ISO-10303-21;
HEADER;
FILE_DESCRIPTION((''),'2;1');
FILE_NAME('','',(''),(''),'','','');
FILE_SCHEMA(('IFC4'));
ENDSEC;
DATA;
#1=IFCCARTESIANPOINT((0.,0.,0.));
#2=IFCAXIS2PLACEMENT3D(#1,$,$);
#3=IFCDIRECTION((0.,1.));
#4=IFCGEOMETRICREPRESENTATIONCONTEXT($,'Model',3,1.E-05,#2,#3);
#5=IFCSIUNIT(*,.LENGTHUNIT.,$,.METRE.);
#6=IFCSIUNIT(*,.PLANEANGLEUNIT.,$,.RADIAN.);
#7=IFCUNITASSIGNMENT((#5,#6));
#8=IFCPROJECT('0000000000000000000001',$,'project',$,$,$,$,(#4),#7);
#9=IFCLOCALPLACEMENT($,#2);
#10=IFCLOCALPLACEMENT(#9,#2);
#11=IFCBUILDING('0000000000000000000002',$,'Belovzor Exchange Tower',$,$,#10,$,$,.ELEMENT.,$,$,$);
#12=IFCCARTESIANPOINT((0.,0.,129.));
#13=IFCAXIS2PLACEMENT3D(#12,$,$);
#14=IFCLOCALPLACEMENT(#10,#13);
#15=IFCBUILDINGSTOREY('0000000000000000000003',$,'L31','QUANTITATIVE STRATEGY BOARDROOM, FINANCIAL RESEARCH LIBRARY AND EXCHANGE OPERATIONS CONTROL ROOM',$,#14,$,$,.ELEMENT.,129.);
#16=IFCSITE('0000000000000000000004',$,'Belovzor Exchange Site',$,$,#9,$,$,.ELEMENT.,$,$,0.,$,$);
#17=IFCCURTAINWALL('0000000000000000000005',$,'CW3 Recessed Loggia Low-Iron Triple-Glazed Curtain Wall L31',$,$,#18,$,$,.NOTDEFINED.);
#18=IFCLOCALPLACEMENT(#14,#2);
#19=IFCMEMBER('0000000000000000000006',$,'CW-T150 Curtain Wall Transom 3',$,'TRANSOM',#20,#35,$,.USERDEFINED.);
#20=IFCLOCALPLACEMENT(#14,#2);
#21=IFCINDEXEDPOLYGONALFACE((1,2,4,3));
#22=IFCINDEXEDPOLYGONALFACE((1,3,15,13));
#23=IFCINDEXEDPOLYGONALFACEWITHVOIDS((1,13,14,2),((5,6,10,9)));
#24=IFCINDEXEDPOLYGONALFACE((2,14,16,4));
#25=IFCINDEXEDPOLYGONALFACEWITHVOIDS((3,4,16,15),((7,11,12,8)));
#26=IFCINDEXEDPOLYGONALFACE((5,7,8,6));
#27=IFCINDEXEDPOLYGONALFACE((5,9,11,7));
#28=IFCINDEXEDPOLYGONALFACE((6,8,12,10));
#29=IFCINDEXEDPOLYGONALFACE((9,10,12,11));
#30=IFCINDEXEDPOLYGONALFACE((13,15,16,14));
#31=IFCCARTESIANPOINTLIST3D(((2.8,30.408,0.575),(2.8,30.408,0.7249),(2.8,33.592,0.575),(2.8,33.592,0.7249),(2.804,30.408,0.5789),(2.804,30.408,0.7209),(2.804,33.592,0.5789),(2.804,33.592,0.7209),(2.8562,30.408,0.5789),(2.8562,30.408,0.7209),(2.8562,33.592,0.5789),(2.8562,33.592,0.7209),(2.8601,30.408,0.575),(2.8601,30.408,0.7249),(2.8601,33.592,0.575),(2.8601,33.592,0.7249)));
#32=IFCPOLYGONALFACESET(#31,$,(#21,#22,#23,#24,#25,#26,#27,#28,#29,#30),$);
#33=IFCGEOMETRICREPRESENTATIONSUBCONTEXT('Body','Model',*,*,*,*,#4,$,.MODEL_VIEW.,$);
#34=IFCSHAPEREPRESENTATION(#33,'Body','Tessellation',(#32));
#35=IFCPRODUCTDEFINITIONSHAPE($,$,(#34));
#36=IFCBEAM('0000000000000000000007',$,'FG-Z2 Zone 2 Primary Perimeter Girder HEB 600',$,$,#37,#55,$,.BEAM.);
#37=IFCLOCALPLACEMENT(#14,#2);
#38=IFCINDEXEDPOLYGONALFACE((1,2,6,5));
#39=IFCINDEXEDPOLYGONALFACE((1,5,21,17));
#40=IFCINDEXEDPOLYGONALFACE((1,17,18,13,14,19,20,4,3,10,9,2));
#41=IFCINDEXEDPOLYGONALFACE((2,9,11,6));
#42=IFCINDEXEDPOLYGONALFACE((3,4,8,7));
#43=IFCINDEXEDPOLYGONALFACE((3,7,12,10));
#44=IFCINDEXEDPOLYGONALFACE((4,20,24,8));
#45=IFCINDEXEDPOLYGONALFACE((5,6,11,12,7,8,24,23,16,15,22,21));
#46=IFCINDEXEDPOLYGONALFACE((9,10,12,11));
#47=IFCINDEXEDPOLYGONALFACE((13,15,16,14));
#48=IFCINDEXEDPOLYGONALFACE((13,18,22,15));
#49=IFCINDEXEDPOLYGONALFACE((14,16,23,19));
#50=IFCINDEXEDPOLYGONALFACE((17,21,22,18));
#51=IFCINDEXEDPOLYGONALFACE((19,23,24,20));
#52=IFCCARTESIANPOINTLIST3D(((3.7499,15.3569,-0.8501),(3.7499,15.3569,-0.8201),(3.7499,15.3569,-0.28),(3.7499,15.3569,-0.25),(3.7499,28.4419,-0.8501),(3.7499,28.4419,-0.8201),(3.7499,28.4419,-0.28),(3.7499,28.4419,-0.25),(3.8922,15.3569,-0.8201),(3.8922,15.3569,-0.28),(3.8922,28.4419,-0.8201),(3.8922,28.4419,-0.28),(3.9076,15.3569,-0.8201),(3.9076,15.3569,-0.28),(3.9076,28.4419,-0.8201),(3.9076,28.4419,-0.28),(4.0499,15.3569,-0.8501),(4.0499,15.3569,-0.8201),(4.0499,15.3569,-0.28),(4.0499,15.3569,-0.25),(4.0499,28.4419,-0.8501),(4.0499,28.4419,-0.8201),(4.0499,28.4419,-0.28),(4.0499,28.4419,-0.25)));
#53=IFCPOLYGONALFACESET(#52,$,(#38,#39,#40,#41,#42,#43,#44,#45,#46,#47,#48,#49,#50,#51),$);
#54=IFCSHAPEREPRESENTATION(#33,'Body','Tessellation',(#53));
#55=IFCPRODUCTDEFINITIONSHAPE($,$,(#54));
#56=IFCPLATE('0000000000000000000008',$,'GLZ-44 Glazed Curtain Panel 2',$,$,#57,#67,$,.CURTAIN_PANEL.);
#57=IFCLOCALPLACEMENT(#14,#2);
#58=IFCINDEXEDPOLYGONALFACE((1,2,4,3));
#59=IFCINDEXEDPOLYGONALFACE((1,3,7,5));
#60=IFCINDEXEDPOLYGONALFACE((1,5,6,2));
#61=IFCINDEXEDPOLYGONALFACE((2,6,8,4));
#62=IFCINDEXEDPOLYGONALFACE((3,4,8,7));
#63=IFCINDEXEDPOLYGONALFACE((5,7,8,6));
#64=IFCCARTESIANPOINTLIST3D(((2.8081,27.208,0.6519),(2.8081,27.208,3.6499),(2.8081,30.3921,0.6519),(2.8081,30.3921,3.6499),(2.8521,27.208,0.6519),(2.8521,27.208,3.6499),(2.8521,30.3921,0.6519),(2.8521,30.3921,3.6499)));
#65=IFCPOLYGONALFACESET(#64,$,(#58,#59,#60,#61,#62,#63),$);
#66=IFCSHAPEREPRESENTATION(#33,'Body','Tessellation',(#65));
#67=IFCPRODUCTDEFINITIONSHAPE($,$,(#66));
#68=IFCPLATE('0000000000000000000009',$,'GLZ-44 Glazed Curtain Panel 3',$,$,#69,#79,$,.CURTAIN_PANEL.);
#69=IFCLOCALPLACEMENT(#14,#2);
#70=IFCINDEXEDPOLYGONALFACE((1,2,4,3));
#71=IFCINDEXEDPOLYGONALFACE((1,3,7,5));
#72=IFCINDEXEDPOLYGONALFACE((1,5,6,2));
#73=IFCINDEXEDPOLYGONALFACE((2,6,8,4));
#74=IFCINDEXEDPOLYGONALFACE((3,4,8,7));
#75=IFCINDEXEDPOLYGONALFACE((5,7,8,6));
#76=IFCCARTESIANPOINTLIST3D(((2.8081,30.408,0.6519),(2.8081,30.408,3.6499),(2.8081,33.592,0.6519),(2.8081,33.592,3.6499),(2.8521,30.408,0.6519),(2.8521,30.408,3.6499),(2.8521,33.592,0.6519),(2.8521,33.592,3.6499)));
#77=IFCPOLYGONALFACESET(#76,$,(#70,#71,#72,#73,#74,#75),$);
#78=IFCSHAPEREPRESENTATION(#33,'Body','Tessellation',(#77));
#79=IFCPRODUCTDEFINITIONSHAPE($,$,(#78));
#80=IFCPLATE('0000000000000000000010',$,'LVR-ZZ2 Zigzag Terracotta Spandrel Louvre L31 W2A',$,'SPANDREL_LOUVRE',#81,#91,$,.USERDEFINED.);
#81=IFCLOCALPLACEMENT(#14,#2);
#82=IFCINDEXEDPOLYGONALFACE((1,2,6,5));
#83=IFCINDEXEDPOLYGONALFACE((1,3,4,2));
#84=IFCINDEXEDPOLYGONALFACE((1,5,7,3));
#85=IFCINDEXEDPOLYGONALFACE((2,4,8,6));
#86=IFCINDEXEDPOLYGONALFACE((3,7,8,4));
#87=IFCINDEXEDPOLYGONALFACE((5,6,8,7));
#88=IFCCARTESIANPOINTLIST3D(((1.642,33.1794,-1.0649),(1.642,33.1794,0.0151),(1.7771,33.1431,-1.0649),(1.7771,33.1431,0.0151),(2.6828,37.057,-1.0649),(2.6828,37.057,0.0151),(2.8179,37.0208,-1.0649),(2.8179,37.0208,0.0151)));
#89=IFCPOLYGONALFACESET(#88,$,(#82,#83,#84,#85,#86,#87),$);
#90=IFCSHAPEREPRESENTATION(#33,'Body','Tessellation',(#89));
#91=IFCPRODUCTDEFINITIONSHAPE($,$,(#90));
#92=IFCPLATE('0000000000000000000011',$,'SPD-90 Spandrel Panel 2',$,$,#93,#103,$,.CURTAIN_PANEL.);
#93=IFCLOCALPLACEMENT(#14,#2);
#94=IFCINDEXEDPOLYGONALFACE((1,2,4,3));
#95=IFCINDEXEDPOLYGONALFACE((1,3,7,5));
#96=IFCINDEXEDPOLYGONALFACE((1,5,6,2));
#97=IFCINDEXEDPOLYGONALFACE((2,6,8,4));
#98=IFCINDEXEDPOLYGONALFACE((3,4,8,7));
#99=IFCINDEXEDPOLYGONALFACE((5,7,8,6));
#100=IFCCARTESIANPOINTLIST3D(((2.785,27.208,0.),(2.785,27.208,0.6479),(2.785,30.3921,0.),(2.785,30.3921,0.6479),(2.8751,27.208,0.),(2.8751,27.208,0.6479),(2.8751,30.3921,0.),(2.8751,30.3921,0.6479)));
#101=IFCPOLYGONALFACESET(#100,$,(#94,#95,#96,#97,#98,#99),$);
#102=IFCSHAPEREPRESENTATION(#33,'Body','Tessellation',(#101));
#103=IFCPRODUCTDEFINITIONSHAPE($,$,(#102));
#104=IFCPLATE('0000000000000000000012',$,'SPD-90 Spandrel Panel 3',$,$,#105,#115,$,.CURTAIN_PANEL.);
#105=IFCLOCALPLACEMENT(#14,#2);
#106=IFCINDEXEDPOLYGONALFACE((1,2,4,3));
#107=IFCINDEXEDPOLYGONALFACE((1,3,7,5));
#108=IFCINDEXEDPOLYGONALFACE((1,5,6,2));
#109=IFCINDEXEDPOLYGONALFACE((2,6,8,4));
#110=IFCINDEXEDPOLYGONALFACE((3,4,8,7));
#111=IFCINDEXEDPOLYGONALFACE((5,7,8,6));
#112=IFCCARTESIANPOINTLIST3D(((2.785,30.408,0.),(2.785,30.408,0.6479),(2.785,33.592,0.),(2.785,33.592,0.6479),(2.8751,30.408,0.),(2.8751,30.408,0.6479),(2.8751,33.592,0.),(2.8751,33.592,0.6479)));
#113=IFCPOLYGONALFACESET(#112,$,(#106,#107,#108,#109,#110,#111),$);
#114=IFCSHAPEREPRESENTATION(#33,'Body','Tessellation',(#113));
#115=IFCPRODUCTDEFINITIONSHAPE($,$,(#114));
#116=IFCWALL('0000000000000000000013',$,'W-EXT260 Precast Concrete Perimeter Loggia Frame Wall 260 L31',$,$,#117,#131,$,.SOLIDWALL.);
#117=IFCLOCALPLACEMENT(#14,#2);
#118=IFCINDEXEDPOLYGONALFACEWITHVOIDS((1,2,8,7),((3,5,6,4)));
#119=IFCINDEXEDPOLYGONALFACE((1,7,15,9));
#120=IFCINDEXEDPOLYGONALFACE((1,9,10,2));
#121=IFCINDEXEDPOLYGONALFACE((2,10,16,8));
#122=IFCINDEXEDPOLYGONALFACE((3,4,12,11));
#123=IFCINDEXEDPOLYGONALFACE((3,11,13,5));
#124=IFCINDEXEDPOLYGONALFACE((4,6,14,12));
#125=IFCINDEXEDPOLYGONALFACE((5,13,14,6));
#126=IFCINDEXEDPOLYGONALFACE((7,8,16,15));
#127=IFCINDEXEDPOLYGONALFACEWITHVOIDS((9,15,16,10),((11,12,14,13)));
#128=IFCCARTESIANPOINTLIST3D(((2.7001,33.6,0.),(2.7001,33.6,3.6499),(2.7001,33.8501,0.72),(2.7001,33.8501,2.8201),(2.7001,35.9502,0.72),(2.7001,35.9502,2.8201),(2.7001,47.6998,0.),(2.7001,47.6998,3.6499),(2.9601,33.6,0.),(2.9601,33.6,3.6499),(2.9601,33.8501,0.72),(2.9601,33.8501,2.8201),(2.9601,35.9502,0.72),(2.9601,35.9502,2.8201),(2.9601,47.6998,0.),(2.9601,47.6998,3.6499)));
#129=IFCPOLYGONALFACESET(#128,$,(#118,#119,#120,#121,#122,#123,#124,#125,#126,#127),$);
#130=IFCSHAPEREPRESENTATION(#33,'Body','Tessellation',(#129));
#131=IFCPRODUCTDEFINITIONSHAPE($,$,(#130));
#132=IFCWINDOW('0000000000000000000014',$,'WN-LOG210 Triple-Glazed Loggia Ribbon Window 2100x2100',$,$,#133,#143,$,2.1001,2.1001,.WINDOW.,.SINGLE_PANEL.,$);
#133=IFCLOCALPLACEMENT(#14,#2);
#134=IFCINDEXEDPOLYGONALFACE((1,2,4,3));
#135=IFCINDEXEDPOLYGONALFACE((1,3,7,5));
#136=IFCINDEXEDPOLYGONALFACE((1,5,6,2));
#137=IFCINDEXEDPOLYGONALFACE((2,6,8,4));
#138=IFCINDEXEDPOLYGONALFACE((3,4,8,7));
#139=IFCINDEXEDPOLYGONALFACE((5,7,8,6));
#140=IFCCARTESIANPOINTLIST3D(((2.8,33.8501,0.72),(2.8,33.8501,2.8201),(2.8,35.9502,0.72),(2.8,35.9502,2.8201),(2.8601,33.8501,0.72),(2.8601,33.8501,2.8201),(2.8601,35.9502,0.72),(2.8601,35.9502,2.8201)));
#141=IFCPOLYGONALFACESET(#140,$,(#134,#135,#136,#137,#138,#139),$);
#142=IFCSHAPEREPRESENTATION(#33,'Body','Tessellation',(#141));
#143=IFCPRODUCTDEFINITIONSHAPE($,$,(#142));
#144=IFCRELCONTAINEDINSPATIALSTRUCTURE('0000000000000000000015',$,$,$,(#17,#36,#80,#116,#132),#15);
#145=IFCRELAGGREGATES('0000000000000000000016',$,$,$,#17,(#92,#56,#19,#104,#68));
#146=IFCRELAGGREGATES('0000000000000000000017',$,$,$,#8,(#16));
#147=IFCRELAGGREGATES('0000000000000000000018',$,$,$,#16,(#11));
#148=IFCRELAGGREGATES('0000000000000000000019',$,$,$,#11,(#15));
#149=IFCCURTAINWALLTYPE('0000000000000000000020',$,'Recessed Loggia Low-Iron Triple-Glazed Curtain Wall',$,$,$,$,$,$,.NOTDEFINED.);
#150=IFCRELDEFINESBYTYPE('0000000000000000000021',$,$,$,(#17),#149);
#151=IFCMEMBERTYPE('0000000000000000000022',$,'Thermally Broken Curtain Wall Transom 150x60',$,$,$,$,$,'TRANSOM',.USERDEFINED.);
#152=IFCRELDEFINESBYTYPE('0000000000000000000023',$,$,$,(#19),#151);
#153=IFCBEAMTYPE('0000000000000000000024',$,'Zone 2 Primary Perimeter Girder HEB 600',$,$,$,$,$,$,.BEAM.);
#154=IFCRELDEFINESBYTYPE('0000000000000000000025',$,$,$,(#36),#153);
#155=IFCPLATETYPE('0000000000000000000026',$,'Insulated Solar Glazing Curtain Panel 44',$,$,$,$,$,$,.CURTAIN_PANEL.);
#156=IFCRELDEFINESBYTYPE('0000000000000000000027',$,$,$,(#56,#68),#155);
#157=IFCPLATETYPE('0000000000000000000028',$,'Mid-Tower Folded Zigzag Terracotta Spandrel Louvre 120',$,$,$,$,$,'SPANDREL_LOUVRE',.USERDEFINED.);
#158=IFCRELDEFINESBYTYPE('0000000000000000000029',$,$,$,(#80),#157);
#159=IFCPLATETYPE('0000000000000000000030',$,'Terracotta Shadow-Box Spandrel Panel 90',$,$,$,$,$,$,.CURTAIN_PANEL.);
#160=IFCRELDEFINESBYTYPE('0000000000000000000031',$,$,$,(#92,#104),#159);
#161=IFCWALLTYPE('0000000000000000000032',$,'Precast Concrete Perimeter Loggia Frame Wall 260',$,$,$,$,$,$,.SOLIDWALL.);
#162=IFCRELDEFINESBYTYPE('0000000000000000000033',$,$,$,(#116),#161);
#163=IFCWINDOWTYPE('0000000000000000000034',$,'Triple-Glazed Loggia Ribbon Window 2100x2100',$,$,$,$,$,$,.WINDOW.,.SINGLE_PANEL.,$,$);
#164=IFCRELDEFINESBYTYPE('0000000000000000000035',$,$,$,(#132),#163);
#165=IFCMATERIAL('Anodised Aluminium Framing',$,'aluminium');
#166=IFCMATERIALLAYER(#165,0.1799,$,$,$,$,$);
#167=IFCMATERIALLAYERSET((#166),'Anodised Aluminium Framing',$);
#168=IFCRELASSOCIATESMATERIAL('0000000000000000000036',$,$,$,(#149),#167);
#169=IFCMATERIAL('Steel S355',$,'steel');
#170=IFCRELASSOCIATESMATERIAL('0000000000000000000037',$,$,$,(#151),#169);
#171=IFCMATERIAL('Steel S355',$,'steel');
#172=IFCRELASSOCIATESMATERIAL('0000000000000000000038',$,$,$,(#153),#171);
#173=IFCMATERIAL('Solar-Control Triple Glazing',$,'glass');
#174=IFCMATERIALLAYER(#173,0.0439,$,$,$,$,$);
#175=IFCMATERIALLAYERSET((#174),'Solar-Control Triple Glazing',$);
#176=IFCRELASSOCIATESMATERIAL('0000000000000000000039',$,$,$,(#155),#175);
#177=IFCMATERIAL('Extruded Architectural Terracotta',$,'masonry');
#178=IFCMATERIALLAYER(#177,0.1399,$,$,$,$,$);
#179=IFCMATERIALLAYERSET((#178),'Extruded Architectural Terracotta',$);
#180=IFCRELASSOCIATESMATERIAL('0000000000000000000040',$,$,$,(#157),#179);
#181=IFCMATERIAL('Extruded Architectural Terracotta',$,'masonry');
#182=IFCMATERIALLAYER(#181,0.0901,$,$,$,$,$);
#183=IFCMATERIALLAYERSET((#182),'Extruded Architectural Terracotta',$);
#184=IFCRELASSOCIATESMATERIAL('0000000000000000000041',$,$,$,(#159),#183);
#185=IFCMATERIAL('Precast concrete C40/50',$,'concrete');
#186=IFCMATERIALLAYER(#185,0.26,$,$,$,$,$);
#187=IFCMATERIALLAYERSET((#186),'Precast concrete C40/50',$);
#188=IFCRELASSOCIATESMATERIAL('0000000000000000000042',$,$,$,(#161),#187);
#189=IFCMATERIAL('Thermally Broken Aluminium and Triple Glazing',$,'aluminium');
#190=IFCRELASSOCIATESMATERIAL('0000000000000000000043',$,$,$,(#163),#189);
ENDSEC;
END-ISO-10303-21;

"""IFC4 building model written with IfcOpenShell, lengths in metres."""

from ifc_helpers import new_model, si_unit, direction, frame, frame_2d, origin, origin_2d, place, context, subcontext, project, spatial, rectangle, hollow_rectangle, i_section, extrude, material, layer, layer_set, material_profile, profile_set, type_object, element, fill, aggregate, save


model = new_model("IFC4")

# Units and contexts
model_context = context("Model", 3, precision=1e-05, world=origin(), true_north=direction((0.0, 1.0)))
body_context = subcontext(model_context, "Body", "Model", "MODEL_VIEW")
ifc_project = project(units=[si_unit("LENGTHUNIT", "METRE"), si_unit("PLANEANGLEUNIT", "RADIAN")], contexts=[model_context])

# Site, building, storey
site_placement = place(None, origin())
site = spatial("IfcSite", under=ifc_project, at=site_placement, Name="Belovzor Exchange Site", CompositionType="ELEMENT", RefElevation=0.0)
building_placement = place(site_placement, origin())
building = spatial("IfcBuilding", under=site, at=building_placement, Name="Belovzor Exchange Tower", CompositionType="ELEMENT")
storey_placement = place(building_placement, frame((0.0, 0.0, 129.0)))
storey = spatial("IfcBuildingStorey", under=building, at=storey_placement, Name="L31", Description="QUANTITATIVE STRATEGY BOARDROOM, FINANCIAL RESEARCH LIBRARY AND EXCHANGE OPERATIONS CONTROL ROOM", CompositionType="ELEMENT", Elevation=129.0)

# Curtain wall, member
ifc_material_1 = material(Name="Anodised Aluminium Framing", Category="aluminium")
ifc_layer_1 = layer(ifc_material_1, 0.1799)
ifc_layer_set_1 = layer_set([ifc_layer_1], Name="Anodised Aluminium Framing")
curtain_wall_type = type_object("IfcCurtainWallType", Name="Recessed Loggia Low-Iron Triple-Glazed Curtain Wall", PredefinedType="NOTDEFINED", material=ifc_layer_set_1)
curtain_wall_placement = place(storey_placement, origin())
curtain_wall = element("IfcCurtainWall", 1, at=curtain_wall_placement, inside=storey, type_object=curtain_wall_type, Name="CW3 Recessed Loggia Low-Iron Triple-Glazed Curtain Wall L31", PredefinedType="NOTDEFINED")
ifc_material_2 = material(Name="Steel S355", Category="steel")
ifc_material_profile_1 = material_profile(ifc_material_2, hollow_rectangle(XDim=0.0601, YDim=0.1499, WallThickness=0.0039, at=origin_2d()))
ifc_profile_set_1 = profile_set([ifc_material_profile_1], Name="Steel S355")
member_type_1 = type_object("IfcMemberType", Name="Thermally Broken Curtain Wall Transom 150x60", ElementType="TRANSOM", PredefinedType="USERDEFINED", material=ifc_profile_set_1)
member_1_placement = place(storey_placement, frame((2.8301, 30.408, 0.6499), z_axis=(0.0, 1.0, 0.0), x_axis=(-1.0, 0.0, 0.0)))
member_1 = element("IfcMember", 2, at=member_1_placement, type_object=member_type_1, Name="CW-T150 Curtain Wall Transom 3", ObjectType="TRANSOM", PredefinedType="USERDEFINED", context=body_context, shape_type="SweptSolid", body=[
    extrude(hollow_rectangle(XDim=0.0601, YDim=0.1499, WallThickness=0.0039, at=origin_2d()), origin(), (0.0, 0.0, 1.0), 3.1841),
])

# Beam
ifc_material_3 = material(Name="Steel S355", Category="steel")
ifc_material_profile_2 = material_profile(ifc_material_3, i_section(OverallWidth=0.3, OverallDepth=0.6001, WebThickness=0.0154, FlangeThickness=0.03, at=origin_2d()))
ifc_profile_set_2 = profile_set([ifc_material_profile_2], Name="Steel S355")
beam_type_1 = type_object("IfcBeamType", Name="Zone 2 Primary Perimeter Girder HEB 600", PredefinedType="BEAM", material=ifc_profile_set_2)
beam_1_placement = place(storey_placement, frame((3.8999, 28.4419, -0.55), z_axis=(0.0, -1.0, 0.0), x_axis=(1.0, 0.0, 0.0)))
element("IfcBeam", 3, at=beam_1_placement, inside=storey, type_object=beam_type_1, Name="FG-Z2 Zone 2 Primary Perimeter Girder HEB 600", PredefinedType="BEAM", context=body_context, shape_type="SweptSolid", body=[
    extrude(i_section(OverallWidth=0.3, OverallDepth=0.6001, WebThickness=0.0154, FlangeThickness=0.03, at=origin_2d()), origin(), (0.0, 0.0, 1.0), 13.085),
])

# Plates
ifc_material_4 = material(Name="Solar-Control Triple Glazing", Category="glass")
ifc_layer_2 = layer(ifc_material_4, 0.0439)
ifc_layer_set_2 = layer_set([ifc_layer_2], Name="Solar-Control Triple Glazing")
plate_type_1 = type_object("IfcPlateType", Name="Insulated Solar Glazing Curtain Panel 44", PredefinedType="CURTAIN_PANEL", material=ifc_layer_set_2)
plate_1_placement = place(storey_placement, frame((2.8301, 28.8, 0.6519), z_axis=(0.0, 0.0, 1.0), x_axis=(0.0, 1.0, 0.0)))
plate_1 = element("IfcPlate", 4, at=plate_1_placement, type_object=plate_type_1, Name="GLZ-44 Glazed Curtain Panel 2", PredefinedType="CURTAIN_PANEL", context=body_context, shape_type="SweptSolid", body=[
    extrude(rectangle(XDim=3.1841, YDim=0.0439, at=origin_2d()), origin(), (0.0, 0.0, 1.0), 2.998),
])
plate_2_placement = place(storey_placement, frame((2.8301, 32.0, 0.6519), z_axis=(0.0, 0.0, 1.0), x_axis=(0.0, 1.0, 0.0)))
plate_2 = element("IfcPlate", 5, at=plate_2_placement, type_object=plate_type_1, Name="GLZ-44 Glazed Curtain Panel 3", PredefinedType="CURTAIN_PANEL", context=body_context, shape_type="SweptSolid", body=[
    extrude(rectangle(XDim=3.1841, YDim=0.0439, at=origin_2d()), origin(), (0.0, 0.0, 1.0), 2.998),
])
ifc_material_5 = material(Name="Extruded Architectural Terracotta", Category="masonry")
ifc_layer_3 = layer(ifc_material_5, 0.1399)
ifc_layer_set_3 = layer_set([ifc_layer_3], Name="Extruded Architectural Terracotta")
plate_type_2 = type_object("IfcPlateType", Name="Mid-Tower Folded Zigzag Terracotta Spandrel Louvre 120", ElementType="SPANDREL_LOUVRE", PredefinedType="USERDEFINED", material=ifc_layer_set_3)
plate_3_placement = place(storey_placement, frame((2.23, 35.1001, -1.0649), z_axis=(0.0, 0.0, 1.0), x_axis=(0.25924, 0.965813, 0.0)))
element("IfcPlate", 6, at=plate_3_placement, inside=storey, type_object=plate_type_2, Name="LVR-ZZ2 Zigzag Terracotta Spandrel Louvre L31 W2A", ObjectType="SPANDREL_LOUVRE", PredefinedType="USERDEFINED", context=body_context, shape_type="SweptSolid", body=[
    extrude(rectangle(XDim=4.0149, YDim=0.1399, at=origin_2d()), origin(), (0.0, 0.0, 1.0), 1.0801),
])
ifc_material_6 = material(Name="Extruded Architectural Terracotta", Category="masonry")
ifc_layer_4 = layer(ifc_material_6, 0.0901)
ifc_layer_set_4 = layer_set([ifc_layer_4], Name="Extruded Architectural Terracotta")
plate_type_3 = type_object("IfcPlateType", Name="Terracotta Shadow-Box Spandrel Panel 90", PredefinedType="CURTAIN_PANEL", material=ifc_layer_set_4)
plate_4_placement = place(storey_placement, frame((2.8301, 28.8, 0.0), z_axis=(0.0, 0.0, 1.0), x_axis=(0.0, 1.0, 0.0)))
plate_4 = element("IfcPlate", 7, at=plate_4_placement, type_object=plate_type_3, Name="SPD-90 Spandrel Panel 2", PredefinedType="CURTAIN_PANEL", context=body_context, shape_type="SweptSolid", body=[
    extrude(rectangle(XDim=3.1841, YDim=0.0901, at=origin_2d()), origin(), (0.0, 0.0, 1.0), 0.6479),
])
plate_5_placement = place(storey_placement, frame((2.8301, 32.0, 0.0), z_axis=(0.0, 0.0, 1.0), x_axis=(0.0, 1.0, 0.0)))
plate_5 = element("IfcPlate", 8, at=plate_5_placement, type_object=plate_type_3, Name="SPD-90 Spandrel Panel 3", PredefinedType="CURTAIN_PANEL", context=body_context, shape_type="SweptSolid", body=[
    extrude(rectangle(XDim=3.1841, YDim=0.0901, at=origin_2d()), origin(), (0.0, 0.0, 1.0), 0.6479),
])
aggregate(curtain_wall, [plate_4, plate_1, member_1, plate_5, plate_2])

# Wall, opening, window
ifc_material_7 = material(Name="Precast concrete C40/50", Category="concrete")
ifc_layer_5 = layer(ifc_material_7, 0.26)
ifc_layer_set_5 = layer_set([ifc_layer_5], Name="Precast concrete C40/50")
wall_type = type_object("IfcWallType", Name="Precast Concrete Perimeter Loggia Frame Wall 260", PredefinedType="SOLIDWALL", material=ifc_layer_set_5)
wall_placement = place(storey_placement, frame((2.8301, 33.6001, 0.0), z_axis=(0.0, 0.0, 1.0), x_axis=(0.0, 1.0, 0.0)))
wall = element("IfcWall", 9, at=wall_placement, inside=storey, type_object=wall_type, Name="W-EXT260 Precast Concrete Perimeter Loggia Frame Wall 260 L31", PredefinedType="SOLIDWALL", context=body_context, shape_type="SweptSolid", body=[
    extrude(rectangle(XDim=14.0999, YDim=0.26, at=frame_2d((7.0498, 0.0))), origin(), (0.0, 0.0, 1.0), 3.6499),
])
opening_placement = place(wall_placement, frame((0.25, 0.0, 0.72)))
opening = element("IfcOpeningElement", 10, at=opening_placement, cuts=wall, PredefinedType="OPENING", context=body_context, shape_type="SweptSolid", body=[
    extrude(rectangle(XDim=2.1001, YDim=2.1001, at=frame_2d((1.05, 1.05))), frame((0.0, 0.1399, 0.0), z_axis=(0.0, -1.0, 0.0), x_axis=(1.0, 0.0, 0.0)), (0.0, 0.0, 1.0), 0.28),
])
ifc_material_8 = material(Name="Thermally Broken Aluminium and Triple Glazing", Category="aluminium")
window_type = type_object("IfcWindowType", Name="Triple-Glazed Loggia Ribbon Window 2100x2100", PartitioningType="SINGLE_PANEL", PredefinedType="WINDOW", material=ifc_material_8)
window_placement = place(opening_placement, origin())
window = element("IfcWindow", 11, at=window_placement, inside=storey, type_object=window_type, Name="WN-LOG210 Triple-Glazed Loggia Ribbon Window 2100x2100", OverallHeight=2.1001, OverallWidth=2.1001, PartitioningType="SINGLE_PANEL", PredefinedType="WINDOW", context=body_context, shape_type="SweptSolid", body=[
    extrude(rectangle(XDim=2.1001, YDim=2.1001, at=frame_2d((1.05, 1.05))), frame((0.0, 0.03, 0.0), z_axis=(0.0, -1.0, 0.0), x_axis=(1.0, 0.0, 0.0)), (0.0, 0.0, 1.0), 0.0601),
])
fill(opening, window)

save(model, "model.ifc")
